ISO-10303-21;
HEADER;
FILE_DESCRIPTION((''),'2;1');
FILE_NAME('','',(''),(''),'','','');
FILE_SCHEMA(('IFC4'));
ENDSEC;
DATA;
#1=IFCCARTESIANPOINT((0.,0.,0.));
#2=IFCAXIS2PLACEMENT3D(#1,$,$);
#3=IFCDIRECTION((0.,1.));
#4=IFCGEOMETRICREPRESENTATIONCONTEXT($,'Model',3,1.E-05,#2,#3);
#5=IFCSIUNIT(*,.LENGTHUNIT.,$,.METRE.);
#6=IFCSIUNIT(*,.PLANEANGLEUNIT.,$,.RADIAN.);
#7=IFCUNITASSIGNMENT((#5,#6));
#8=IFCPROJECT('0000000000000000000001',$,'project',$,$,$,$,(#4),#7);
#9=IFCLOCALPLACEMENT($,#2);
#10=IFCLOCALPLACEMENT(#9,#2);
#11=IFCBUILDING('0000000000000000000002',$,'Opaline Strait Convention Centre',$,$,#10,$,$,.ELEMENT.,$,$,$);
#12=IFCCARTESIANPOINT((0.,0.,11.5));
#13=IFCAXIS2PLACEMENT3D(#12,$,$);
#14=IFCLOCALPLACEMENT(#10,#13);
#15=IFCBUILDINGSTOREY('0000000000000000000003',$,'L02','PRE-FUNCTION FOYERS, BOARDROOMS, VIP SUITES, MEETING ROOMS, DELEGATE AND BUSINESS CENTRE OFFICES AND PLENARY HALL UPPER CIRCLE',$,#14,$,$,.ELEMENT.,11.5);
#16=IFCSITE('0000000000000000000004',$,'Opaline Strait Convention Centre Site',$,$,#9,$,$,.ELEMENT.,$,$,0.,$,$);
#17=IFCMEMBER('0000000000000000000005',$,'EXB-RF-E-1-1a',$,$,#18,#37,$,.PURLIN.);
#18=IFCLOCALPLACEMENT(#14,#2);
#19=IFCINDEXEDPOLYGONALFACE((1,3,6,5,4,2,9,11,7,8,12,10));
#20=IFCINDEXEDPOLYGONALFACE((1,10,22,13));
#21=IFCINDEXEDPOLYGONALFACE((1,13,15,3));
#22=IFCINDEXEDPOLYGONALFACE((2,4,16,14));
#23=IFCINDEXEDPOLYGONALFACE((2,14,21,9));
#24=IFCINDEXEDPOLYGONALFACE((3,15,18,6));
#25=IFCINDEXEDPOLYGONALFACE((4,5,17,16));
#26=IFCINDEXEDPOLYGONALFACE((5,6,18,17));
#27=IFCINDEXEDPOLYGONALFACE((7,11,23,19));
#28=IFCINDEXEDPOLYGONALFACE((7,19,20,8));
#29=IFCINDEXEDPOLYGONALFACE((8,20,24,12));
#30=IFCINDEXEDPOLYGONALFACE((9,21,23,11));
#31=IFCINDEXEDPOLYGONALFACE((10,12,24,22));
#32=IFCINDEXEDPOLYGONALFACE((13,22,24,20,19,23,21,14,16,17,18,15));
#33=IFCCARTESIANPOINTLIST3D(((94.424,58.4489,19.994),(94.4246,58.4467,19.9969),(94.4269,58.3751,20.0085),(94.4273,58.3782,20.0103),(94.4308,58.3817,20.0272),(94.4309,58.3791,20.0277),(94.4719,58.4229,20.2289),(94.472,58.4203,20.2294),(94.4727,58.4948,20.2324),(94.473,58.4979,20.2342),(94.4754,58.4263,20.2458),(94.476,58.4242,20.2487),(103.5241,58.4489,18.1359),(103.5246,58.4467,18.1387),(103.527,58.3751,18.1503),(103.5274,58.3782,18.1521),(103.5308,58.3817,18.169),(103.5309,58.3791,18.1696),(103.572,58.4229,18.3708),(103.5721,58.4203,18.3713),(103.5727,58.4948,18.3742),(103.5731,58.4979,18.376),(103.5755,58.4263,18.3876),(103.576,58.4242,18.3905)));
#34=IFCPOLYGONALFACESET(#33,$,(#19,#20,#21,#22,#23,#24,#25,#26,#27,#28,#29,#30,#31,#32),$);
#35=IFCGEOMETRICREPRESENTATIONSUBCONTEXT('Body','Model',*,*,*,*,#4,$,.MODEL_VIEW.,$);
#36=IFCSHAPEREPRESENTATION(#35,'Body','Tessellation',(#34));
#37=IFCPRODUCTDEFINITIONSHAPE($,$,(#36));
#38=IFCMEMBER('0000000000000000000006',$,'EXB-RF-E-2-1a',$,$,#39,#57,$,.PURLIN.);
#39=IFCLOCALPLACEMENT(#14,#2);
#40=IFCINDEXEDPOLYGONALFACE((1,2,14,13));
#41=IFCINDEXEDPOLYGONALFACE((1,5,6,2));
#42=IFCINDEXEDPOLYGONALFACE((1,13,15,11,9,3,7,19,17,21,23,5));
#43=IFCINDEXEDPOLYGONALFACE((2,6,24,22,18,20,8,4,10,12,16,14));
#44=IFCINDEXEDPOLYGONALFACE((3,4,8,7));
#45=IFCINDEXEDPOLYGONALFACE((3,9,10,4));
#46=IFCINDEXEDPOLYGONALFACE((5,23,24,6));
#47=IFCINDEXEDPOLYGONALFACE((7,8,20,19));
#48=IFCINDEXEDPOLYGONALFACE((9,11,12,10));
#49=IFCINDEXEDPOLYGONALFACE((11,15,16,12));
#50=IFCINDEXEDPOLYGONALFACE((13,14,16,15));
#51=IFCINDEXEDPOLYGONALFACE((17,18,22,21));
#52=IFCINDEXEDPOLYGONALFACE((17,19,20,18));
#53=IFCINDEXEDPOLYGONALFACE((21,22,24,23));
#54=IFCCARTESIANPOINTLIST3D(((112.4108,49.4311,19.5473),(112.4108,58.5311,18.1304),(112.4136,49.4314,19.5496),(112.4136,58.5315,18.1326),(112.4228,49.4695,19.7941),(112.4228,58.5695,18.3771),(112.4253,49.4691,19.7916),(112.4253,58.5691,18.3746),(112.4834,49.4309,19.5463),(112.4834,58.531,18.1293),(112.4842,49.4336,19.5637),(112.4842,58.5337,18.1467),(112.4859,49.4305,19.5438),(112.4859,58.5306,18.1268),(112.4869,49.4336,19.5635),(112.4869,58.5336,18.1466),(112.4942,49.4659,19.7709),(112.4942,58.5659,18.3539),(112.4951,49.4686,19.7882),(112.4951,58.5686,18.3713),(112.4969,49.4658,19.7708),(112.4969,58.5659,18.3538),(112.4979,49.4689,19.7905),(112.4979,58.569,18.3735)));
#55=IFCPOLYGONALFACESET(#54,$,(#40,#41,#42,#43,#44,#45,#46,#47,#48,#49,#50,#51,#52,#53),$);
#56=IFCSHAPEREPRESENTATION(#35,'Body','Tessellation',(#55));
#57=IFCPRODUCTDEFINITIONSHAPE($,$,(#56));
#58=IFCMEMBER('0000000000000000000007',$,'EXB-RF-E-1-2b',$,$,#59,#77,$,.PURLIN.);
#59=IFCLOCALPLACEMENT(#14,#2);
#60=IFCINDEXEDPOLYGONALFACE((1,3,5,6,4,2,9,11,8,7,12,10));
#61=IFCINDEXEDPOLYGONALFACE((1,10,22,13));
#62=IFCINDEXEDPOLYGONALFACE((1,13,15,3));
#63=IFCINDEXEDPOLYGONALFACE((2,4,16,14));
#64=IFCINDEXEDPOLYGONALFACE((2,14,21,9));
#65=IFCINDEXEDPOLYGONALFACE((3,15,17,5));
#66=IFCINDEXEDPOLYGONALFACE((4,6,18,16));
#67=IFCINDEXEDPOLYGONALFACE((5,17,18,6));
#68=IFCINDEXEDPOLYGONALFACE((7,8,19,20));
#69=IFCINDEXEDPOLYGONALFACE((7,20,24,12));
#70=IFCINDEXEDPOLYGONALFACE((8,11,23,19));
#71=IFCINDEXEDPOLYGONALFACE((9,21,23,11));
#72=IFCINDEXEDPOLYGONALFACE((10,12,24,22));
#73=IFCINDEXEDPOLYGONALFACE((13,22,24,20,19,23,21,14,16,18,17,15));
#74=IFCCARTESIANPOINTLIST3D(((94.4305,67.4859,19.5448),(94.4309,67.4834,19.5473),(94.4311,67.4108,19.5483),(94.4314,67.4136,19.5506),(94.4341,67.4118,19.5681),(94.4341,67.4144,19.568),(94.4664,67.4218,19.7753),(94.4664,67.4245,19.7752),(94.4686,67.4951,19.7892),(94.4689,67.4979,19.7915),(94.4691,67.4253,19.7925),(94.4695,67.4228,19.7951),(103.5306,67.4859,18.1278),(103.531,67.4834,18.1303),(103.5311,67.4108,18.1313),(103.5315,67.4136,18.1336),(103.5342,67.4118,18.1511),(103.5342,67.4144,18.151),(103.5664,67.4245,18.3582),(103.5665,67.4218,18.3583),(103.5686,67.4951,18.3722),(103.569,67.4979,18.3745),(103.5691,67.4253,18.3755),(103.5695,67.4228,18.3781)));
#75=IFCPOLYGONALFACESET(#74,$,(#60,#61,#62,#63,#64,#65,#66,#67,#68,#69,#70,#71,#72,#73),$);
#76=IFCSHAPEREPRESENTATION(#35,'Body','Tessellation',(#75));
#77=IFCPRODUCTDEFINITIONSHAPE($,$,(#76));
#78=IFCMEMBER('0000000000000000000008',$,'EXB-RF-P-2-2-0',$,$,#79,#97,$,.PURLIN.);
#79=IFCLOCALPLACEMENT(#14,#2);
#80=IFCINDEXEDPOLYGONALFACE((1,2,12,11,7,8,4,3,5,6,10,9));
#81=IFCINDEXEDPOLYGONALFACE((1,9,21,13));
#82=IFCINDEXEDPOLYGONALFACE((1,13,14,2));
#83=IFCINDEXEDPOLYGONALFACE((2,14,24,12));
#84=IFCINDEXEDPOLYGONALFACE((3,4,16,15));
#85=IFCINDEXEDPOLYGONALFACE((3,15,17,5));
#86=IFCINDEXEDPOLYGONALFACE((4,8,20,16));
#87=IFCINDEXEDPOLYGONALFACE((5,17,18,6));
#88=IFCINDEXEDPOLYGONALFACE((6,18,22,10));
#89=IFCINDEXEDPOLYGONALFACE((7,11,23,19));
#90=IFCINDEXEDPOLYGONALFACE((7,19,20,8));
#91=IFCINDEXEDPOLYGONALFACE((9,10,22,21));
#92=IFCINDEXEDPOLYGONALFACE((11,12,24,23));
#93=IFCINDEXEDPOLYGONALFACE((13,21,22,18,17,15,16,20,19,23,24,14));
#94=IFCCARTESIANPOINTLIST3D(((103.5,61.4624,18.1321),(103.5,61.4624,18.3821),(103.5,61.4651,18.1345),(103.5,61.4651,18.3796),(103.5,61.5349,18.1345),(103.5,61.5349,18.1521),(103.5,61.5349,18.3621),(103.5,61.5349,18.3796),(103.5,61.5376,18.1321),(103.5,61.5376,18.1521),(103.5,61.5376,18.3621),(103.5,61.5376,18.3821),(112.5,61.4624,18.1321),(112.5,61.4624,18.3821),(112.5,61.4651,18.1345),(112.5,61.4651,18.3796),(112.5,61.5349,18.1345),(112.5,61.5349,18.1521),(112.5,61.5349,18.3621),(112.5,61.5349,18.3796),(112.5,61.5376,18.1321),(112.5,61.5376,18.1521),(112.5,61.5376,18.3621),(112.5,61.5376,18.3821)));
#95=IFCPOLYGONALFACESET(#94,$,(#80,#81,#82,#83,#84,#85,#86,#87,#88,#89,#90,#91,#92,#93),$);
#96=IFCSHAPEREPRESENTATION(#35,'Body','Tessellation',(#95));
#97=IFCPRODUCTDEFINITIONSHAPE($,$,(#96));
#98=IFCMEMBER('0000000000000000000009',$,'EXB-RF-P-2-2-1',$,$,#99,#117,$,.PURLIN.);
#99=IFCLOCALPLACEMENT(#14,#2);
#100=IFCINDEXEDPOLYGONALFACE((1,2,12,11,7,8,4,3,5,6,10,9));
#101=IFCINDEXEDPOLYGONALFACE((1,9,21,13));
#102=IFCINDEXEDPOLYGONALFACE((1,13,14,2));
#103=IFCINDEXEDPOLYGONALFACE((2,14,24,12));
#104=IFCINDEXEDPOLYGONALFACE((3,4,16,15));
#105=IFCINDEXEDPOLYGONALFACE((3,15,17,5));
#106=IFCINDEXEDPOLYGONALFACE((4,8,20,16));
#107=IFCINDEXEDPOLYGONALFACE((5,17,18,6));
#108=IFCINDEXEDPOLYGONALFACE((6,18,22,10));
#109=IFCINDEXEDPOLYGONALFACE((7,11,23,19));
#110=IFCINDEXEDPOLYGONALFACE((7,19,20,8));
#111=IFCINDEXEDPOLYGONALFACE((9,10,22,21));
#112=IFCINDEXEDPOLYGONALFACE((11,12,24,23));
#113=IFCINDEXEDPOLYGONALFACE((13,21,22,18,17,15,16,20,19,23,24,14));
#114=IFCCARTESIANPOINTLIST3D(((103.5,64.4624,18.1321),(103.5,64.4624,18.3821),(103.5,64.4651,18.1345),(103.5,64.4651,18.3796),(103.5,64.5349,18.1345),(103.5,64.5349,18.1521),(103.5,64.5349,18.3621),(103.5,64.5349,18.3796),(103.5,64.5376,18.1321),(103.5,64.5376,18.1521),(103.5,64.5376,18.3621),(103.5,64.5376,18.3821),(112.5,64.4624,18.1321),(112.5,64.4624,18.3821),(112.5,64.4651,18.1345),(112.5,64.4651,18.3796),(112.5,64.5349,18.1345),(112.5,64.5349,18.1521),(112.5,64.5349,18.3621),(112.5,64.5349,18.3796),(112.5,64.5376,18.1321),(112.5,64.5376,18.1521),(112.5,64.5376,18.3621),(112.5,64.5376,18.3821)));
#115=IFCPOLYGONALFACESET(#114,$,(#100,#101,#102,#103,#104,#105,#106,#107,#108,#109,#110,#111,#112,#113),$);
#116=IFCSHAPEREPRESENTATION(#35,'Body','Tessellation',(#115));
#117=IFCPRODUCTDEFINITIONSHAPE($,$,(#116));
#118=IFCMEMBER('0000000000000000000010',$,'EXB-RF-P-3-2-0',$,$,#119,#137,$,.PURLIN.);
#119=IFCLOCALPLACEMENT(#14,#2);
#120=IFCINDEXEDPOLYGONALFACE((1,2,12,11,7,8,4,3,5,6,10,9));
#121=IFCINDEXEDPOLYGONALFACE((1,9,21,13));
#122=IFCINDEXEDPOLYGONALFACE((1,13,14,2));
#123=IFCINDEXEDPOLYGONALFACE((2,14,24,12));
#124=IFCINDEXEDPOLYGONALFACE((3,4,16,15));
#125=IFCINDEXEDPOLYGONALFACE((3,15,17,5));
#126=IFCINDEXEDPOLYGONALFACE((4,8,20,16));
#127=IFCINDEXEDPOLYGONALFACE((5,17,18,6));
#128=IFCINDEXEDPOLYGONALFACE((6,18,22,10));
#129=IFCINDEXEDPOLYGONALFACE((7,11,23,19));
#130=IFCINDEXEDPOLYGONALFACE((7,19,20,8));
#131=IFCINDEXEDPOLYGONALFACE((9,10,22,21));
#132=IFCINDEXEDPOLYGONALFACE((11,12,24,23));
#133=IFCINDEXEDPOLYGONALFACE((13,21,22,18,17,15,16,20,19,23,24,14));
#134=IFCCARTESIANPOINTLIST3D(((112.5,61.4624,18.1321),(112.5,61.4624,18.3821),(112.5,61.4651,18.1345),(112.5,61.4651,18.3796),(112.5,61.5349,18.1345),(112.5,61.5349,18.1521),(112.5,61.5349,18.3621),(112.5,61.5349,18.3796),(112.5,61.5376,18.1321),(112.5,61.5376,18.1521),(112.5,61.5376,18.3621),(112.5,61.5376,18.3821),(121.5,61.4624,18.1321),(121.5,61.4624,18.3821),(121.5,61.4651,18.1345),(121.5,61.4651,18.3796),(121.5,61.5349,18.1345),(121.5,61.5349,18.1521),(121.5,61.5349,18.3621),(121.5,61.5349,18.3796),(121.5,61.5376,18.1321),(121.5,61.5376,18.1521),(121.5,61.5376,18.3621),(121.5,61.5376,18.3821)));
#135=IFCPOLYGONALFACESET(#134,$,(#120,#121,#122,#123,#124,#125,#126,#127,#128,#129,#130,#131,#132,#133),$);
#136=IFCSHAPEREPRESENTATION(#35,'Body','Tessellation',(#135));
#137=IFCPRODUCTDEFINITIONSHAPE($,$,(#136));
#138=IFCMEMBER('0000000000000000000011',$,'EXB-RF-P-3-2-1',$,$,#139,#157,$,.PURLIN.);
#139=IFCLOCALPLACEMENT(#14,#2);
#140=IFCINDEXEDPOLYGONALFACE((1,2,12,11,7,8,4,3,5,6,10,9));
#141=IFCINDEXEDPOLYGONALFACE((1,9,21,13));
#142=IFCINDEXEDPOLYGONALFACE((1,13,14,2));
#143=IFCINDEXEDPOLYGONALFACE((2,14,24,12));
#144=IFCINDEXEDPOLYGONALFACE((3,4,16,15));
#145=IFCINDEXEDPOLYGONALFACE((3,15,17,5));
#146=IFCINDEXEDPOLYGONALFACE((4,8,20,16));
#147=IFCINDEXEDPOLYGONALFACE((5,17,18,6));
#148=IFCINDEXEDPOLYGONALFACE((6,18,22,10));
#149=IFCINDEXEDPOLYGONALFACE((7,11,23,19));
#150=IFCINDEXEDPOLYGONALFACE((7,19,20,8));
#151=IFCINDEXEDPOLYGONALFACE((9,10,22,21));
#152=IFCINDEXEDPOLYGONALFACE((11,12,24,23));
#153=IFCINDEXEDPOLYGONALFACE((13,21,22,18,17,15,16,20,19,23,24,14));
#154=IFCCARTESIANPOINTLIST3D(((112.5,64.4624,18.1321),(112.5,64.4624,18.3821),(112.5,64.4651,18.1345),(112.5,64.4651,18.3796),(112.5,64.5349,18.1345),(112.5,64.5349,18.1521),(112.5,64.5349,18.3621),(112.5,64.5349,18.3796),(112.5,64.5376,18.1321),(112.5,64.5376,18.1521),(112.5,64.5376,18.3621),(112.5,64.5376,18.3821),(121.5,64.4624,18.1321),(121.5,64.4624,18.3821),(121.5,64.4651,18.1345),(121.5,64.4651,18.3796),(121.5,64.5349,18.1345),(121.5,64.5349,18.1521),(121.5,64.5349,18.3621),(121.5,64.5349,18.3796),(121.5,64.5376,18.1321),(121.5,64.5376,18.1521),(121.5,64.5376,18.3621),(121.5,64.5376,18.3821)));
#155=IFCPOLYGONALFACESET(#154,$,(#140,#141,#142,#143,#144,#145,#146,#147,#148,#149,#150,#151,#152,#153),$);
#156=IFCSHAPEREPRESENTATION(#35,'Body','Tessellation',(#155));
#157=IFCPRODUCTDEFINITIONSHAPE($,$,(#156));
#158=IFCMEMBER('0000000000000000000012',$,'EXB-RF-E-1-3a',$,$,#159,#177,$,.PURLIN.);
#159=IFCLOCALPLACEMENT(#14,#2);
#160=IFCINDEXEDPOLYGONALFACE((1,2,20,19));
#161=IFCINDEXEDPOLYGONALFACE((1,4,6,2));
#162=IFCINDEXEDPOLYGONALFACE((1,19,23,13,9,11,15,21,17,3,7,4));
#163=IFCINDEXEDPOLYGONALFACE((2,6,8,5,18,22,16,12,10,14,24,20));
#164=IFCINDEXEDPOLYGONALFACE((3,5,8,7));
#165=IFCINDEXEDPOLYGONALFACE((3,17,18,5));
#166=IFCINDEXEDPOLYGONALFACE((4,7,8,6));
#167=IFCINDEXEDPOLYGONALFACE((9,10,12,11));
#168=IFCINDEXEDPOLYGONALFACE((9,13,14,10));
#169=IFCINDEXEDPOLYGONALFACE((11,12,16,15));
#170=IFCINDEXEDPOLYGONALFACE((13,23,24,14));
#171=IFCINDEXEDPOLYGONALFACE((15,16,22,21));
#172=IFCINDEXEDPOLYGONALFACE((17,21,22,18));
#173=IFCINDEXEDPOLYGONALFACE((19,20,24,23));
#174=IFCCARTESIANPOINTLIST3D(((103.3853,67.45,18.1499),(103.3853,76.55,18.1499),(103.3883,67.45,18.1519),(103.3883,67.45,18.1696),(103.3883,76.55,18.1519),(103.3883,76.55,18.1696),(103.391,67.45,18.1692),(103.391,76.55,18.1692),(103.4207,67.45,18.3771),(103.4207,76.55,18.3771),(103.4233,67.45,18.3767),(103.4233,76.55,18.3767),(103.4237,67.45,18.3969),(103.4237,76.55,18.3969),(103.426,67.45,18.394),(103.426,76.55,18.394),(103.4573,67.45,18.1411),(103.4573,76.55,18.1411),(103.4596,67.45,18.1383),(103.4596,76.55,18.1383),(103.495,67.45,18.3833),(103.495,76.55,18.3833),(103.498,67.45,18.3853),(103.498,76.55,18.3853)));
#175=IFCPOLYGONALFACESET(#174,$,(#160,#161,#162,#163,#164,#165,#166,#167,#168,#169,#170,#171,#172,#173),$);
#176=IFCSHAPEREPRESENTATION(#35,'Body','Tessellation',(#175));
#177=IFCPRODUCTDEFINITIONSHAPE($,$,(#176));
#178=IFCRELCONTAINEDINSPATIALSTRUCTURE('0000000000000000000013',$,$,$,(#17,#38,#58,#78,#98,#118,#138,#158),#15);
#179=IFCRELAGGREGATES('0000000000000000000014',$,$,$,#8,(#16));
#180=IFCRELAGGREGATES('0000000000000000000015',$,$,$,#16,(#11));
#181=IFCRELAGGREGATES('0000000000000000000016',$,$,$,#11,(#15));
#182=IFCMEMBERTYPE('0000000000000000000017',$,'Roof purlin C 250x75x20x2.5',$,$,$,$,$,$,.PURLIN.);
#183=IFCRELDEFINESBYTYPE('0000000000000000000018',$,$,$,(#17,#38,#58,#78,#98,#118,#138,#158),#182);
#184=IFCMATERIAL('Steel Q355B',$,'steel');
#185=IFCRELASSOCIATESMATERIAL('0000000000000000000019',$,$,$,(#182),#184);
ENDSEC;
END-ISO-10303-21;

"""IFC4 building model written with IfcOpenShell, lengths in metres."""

from ifc_helpers import new_model, si_unit, direction, frame, origin, place, context, subcontext, project, spatial, polyline, outline, extrude, material, material_profile, profile_set, type_object, element, save


model = new_model("IFC4")

# Units and contexts
model_context = context("Model", 3, precision=1e-05, world=origin(), true_north=direction((0.0, 1.0)))
body_context = subcontext(model_context, "Body", "Model", "MODEL_VIEW")
ifc_project = project(units=[si_unit("LENGTHUNIT", "METRE"), si_unit("PLANEANGLEUNIT", "RADIAN")], contexts=[model_context])

# Site, building, storey
site_placement = place(None, origin())
site = spatial("IfcSite", under=ifc_project, at=site_placement, Name="Opaline Strait Convention Centre Site", CompositionType="ELEMENT", RefElevation=0.0)
building_placement = place(site_placement, origin())
building = spatial("IfcBuilding", under=site, at=building_placement, Name="Opaline Strait Convention Centre", CompositionType="ELEMENT")
storey_placement = place(building_placement, frame((0.0, 0.0, 11.5)))
storey = spatial("IfcBuildingStorey", under=building, at=storey_placement, Name="L02", Description="PRE-FUNCTION FOYERS, BOARDROOMS, VIP SUITES, MEETING ROOMS, DELEGATE AND BUSINESS CENTRE OFFICES AND PLENARY HALL UPPER CIRCLE", CompositionType="ELEMENT", Elevation=11.5)

# Members
ifc_material = material(Name="Steel Q355B", Category="steel")
ifc_material_profile_1 = material_profile(ifc_material, outline(polyline([(-0.0376, -0.125), (0.0376, -0.125), (0.0376, -0.105), (0.0349, -0.105), (0.0349, -0.1226), (-0.0349, -0.1226), (-0.0349, 0.1226), (0.0349, 0.1226), (0.0349, 0.105), (0.0376, 0.105), (0.0376, 0.125), (-0.0376, 0.125), (-0.0376, -0.125)])), Name="C 250x75x20x2.5")
ifc_profile_set_1 = profile_set([ifc_material_profile_1], Name="Steel Q355B")
member_type_1 = type_object("IfcMemberType", Name="Roof purlin C 250x75x20x2.5", PredefinedType="PURLIN", material=ifc_profile_set_1)
member_1_placement = place(storey_placement, frame((103.55, 58.4365, 18.2632), z_axis=(-0.979783, 0.0, 0.200062), x_axis=(0.03925, -0.980566, 0.192223)))
element("IfcMember", 1, at=member_1_placement, inside=storey, type_object=member_type_1, Name="EXB-RF-E-1-1a", PredefinedType="PURLIN", context=body_context, shape_type="SweptSolid", body=[
    extrude(outline(polyline([(-0.0376, -0.125), (0.0376, -0.125), (0.0376, -0.105), (0.0349, -0.105), (0.0349, -0.1226), (-0.0349, -0.1226), (-0.0349, 0.1226), (0.0349, 0.1226), (0.0349, 0.105), (0.0376, 0.105), (0.0376, 0.125), (-0.0376, 0.125), (-0.0376, -0.125)])), origin(), (0.0, 0.0, 1.0), 9.2878),
])
for number, where, z_axis, x_axis, name in (
    (2, (112.4543, 58.55, 18.252), (0.0, -0.988093, 0.153858), (0.998854, -0.007363, -0.047288), "EXB-RF-E-2-1a"),
    (3, (103.55, 67.4543, 18.2529), (-0.988093, 0.0, 0.153858), (0.007363, -0.998854, 0.047288), "EXB-RF-E-1-2b"),
):
    element("IfcMember", number, at=place(storey_placement, frame(where, z_axis=z_axis, x_axis=x_axis)), inside=storey, type_object=member_type_1, Name=name, PredefinedType="PURLIN", context=body_context, shape_type="SweptSolid", body=[
        extrude(outline(polyline([(-0.0376, -0.125), (0.0376, -0.125), (0.0376, -0.105), (0.0349, -0.105), (0.0349, -0.1226), (-0.0349, -0.1226), (-0.0349, 0.1226), (0.0349, 0.1226), (0.0349, 0.105), (0.0376, 0.105), (0.0376, 0.125), (-0.0376, 0.125), (-0.0376, -0.125)])), origin(), (0.0, 0.0, 1.0), 9.2097),
    ])
for number, where, z_axis, x_axis, name in (
    (4, (103.5, 61.5, 18.2571), (1.0, 0.0, 0.0), (0.0, 1.0, 0.0), "EXB-RF-P-2-2-0"),
    (5, (103.5, 64.5, 18.2571), (1.0, 0.0, 0.0), (0.0, 1.0, 0.0), "EXB-RF-P-2-2-1"),
    (6, (112.5, 61.5, 18.2571), (1.0, 0.0, 0.0), (0.0, 1.0, 0.0), "EXB-RF-P-3-2-0"),
    (7, (112.5, 64.5, 18.2571), (1.0, 0.0, 0.0), (0.0, 1.0, 0.0), "EXB-RF-P-3-2-1"),
):
    element("IfcMember", number, at=place(storey_placement, frame(where, z_axis=z_axis, x_axis=x_axis)), inside=storey, type_object=member_type_1, Name=name, PredefinedType="PURLIN", context=body_context, shape_type="SweptSolid", body=[
        extrude(outline(polyline([(-0.0376, -0.125), (0.0376, -0.125), (0.0376, -0.105), (0.0349, -0.105), (0.0349, -0.1226), (-0.0349, -0.1226), (-0.0349, 0.1226), (0.0349, 0.1226), (0.0349, 0.105), (0.0376, 0.105), (0.0376, 0.125), (-0.0376, 0.125), (-0.0376, -0.125)])), origin(), (0.0, 0.0, 1.0), 9.0),
    ])
member_2_placement = place(storey_placement, frame((103.4417, 67.45, 18.2676), z_axis=(0.0, 1.0, 0.0), x_axis=(-0.988092, 0.0, 0.153864)))
element("IfcMember", 8, at=member_2_placement, inside=storey, type_object=member_type_1, Name="EXB-RF-E-1-3a", PredefinedType="PURLIN", context=body_context, shape_type="SweptSolid", body=[
    extrude(outline(polyline([(-0.0376, -0.125), (0.0376, -0.125), (0.0376, -0.105), (0.0349, -0.105), (0.0349, -0.1226), (-0.0349, -0.1226), (-0.0349, 0.1226), (0.0349, 0.1226), (0.0349, 0.105), (0.0376, 0.105), (0.0376, 0.125), (-0.0376, 0.125), (-0.0376, -0.125)])), origin(), (0.0, 0.0, 1.0), 9.1001),
])

save(model, "model.ifc")
